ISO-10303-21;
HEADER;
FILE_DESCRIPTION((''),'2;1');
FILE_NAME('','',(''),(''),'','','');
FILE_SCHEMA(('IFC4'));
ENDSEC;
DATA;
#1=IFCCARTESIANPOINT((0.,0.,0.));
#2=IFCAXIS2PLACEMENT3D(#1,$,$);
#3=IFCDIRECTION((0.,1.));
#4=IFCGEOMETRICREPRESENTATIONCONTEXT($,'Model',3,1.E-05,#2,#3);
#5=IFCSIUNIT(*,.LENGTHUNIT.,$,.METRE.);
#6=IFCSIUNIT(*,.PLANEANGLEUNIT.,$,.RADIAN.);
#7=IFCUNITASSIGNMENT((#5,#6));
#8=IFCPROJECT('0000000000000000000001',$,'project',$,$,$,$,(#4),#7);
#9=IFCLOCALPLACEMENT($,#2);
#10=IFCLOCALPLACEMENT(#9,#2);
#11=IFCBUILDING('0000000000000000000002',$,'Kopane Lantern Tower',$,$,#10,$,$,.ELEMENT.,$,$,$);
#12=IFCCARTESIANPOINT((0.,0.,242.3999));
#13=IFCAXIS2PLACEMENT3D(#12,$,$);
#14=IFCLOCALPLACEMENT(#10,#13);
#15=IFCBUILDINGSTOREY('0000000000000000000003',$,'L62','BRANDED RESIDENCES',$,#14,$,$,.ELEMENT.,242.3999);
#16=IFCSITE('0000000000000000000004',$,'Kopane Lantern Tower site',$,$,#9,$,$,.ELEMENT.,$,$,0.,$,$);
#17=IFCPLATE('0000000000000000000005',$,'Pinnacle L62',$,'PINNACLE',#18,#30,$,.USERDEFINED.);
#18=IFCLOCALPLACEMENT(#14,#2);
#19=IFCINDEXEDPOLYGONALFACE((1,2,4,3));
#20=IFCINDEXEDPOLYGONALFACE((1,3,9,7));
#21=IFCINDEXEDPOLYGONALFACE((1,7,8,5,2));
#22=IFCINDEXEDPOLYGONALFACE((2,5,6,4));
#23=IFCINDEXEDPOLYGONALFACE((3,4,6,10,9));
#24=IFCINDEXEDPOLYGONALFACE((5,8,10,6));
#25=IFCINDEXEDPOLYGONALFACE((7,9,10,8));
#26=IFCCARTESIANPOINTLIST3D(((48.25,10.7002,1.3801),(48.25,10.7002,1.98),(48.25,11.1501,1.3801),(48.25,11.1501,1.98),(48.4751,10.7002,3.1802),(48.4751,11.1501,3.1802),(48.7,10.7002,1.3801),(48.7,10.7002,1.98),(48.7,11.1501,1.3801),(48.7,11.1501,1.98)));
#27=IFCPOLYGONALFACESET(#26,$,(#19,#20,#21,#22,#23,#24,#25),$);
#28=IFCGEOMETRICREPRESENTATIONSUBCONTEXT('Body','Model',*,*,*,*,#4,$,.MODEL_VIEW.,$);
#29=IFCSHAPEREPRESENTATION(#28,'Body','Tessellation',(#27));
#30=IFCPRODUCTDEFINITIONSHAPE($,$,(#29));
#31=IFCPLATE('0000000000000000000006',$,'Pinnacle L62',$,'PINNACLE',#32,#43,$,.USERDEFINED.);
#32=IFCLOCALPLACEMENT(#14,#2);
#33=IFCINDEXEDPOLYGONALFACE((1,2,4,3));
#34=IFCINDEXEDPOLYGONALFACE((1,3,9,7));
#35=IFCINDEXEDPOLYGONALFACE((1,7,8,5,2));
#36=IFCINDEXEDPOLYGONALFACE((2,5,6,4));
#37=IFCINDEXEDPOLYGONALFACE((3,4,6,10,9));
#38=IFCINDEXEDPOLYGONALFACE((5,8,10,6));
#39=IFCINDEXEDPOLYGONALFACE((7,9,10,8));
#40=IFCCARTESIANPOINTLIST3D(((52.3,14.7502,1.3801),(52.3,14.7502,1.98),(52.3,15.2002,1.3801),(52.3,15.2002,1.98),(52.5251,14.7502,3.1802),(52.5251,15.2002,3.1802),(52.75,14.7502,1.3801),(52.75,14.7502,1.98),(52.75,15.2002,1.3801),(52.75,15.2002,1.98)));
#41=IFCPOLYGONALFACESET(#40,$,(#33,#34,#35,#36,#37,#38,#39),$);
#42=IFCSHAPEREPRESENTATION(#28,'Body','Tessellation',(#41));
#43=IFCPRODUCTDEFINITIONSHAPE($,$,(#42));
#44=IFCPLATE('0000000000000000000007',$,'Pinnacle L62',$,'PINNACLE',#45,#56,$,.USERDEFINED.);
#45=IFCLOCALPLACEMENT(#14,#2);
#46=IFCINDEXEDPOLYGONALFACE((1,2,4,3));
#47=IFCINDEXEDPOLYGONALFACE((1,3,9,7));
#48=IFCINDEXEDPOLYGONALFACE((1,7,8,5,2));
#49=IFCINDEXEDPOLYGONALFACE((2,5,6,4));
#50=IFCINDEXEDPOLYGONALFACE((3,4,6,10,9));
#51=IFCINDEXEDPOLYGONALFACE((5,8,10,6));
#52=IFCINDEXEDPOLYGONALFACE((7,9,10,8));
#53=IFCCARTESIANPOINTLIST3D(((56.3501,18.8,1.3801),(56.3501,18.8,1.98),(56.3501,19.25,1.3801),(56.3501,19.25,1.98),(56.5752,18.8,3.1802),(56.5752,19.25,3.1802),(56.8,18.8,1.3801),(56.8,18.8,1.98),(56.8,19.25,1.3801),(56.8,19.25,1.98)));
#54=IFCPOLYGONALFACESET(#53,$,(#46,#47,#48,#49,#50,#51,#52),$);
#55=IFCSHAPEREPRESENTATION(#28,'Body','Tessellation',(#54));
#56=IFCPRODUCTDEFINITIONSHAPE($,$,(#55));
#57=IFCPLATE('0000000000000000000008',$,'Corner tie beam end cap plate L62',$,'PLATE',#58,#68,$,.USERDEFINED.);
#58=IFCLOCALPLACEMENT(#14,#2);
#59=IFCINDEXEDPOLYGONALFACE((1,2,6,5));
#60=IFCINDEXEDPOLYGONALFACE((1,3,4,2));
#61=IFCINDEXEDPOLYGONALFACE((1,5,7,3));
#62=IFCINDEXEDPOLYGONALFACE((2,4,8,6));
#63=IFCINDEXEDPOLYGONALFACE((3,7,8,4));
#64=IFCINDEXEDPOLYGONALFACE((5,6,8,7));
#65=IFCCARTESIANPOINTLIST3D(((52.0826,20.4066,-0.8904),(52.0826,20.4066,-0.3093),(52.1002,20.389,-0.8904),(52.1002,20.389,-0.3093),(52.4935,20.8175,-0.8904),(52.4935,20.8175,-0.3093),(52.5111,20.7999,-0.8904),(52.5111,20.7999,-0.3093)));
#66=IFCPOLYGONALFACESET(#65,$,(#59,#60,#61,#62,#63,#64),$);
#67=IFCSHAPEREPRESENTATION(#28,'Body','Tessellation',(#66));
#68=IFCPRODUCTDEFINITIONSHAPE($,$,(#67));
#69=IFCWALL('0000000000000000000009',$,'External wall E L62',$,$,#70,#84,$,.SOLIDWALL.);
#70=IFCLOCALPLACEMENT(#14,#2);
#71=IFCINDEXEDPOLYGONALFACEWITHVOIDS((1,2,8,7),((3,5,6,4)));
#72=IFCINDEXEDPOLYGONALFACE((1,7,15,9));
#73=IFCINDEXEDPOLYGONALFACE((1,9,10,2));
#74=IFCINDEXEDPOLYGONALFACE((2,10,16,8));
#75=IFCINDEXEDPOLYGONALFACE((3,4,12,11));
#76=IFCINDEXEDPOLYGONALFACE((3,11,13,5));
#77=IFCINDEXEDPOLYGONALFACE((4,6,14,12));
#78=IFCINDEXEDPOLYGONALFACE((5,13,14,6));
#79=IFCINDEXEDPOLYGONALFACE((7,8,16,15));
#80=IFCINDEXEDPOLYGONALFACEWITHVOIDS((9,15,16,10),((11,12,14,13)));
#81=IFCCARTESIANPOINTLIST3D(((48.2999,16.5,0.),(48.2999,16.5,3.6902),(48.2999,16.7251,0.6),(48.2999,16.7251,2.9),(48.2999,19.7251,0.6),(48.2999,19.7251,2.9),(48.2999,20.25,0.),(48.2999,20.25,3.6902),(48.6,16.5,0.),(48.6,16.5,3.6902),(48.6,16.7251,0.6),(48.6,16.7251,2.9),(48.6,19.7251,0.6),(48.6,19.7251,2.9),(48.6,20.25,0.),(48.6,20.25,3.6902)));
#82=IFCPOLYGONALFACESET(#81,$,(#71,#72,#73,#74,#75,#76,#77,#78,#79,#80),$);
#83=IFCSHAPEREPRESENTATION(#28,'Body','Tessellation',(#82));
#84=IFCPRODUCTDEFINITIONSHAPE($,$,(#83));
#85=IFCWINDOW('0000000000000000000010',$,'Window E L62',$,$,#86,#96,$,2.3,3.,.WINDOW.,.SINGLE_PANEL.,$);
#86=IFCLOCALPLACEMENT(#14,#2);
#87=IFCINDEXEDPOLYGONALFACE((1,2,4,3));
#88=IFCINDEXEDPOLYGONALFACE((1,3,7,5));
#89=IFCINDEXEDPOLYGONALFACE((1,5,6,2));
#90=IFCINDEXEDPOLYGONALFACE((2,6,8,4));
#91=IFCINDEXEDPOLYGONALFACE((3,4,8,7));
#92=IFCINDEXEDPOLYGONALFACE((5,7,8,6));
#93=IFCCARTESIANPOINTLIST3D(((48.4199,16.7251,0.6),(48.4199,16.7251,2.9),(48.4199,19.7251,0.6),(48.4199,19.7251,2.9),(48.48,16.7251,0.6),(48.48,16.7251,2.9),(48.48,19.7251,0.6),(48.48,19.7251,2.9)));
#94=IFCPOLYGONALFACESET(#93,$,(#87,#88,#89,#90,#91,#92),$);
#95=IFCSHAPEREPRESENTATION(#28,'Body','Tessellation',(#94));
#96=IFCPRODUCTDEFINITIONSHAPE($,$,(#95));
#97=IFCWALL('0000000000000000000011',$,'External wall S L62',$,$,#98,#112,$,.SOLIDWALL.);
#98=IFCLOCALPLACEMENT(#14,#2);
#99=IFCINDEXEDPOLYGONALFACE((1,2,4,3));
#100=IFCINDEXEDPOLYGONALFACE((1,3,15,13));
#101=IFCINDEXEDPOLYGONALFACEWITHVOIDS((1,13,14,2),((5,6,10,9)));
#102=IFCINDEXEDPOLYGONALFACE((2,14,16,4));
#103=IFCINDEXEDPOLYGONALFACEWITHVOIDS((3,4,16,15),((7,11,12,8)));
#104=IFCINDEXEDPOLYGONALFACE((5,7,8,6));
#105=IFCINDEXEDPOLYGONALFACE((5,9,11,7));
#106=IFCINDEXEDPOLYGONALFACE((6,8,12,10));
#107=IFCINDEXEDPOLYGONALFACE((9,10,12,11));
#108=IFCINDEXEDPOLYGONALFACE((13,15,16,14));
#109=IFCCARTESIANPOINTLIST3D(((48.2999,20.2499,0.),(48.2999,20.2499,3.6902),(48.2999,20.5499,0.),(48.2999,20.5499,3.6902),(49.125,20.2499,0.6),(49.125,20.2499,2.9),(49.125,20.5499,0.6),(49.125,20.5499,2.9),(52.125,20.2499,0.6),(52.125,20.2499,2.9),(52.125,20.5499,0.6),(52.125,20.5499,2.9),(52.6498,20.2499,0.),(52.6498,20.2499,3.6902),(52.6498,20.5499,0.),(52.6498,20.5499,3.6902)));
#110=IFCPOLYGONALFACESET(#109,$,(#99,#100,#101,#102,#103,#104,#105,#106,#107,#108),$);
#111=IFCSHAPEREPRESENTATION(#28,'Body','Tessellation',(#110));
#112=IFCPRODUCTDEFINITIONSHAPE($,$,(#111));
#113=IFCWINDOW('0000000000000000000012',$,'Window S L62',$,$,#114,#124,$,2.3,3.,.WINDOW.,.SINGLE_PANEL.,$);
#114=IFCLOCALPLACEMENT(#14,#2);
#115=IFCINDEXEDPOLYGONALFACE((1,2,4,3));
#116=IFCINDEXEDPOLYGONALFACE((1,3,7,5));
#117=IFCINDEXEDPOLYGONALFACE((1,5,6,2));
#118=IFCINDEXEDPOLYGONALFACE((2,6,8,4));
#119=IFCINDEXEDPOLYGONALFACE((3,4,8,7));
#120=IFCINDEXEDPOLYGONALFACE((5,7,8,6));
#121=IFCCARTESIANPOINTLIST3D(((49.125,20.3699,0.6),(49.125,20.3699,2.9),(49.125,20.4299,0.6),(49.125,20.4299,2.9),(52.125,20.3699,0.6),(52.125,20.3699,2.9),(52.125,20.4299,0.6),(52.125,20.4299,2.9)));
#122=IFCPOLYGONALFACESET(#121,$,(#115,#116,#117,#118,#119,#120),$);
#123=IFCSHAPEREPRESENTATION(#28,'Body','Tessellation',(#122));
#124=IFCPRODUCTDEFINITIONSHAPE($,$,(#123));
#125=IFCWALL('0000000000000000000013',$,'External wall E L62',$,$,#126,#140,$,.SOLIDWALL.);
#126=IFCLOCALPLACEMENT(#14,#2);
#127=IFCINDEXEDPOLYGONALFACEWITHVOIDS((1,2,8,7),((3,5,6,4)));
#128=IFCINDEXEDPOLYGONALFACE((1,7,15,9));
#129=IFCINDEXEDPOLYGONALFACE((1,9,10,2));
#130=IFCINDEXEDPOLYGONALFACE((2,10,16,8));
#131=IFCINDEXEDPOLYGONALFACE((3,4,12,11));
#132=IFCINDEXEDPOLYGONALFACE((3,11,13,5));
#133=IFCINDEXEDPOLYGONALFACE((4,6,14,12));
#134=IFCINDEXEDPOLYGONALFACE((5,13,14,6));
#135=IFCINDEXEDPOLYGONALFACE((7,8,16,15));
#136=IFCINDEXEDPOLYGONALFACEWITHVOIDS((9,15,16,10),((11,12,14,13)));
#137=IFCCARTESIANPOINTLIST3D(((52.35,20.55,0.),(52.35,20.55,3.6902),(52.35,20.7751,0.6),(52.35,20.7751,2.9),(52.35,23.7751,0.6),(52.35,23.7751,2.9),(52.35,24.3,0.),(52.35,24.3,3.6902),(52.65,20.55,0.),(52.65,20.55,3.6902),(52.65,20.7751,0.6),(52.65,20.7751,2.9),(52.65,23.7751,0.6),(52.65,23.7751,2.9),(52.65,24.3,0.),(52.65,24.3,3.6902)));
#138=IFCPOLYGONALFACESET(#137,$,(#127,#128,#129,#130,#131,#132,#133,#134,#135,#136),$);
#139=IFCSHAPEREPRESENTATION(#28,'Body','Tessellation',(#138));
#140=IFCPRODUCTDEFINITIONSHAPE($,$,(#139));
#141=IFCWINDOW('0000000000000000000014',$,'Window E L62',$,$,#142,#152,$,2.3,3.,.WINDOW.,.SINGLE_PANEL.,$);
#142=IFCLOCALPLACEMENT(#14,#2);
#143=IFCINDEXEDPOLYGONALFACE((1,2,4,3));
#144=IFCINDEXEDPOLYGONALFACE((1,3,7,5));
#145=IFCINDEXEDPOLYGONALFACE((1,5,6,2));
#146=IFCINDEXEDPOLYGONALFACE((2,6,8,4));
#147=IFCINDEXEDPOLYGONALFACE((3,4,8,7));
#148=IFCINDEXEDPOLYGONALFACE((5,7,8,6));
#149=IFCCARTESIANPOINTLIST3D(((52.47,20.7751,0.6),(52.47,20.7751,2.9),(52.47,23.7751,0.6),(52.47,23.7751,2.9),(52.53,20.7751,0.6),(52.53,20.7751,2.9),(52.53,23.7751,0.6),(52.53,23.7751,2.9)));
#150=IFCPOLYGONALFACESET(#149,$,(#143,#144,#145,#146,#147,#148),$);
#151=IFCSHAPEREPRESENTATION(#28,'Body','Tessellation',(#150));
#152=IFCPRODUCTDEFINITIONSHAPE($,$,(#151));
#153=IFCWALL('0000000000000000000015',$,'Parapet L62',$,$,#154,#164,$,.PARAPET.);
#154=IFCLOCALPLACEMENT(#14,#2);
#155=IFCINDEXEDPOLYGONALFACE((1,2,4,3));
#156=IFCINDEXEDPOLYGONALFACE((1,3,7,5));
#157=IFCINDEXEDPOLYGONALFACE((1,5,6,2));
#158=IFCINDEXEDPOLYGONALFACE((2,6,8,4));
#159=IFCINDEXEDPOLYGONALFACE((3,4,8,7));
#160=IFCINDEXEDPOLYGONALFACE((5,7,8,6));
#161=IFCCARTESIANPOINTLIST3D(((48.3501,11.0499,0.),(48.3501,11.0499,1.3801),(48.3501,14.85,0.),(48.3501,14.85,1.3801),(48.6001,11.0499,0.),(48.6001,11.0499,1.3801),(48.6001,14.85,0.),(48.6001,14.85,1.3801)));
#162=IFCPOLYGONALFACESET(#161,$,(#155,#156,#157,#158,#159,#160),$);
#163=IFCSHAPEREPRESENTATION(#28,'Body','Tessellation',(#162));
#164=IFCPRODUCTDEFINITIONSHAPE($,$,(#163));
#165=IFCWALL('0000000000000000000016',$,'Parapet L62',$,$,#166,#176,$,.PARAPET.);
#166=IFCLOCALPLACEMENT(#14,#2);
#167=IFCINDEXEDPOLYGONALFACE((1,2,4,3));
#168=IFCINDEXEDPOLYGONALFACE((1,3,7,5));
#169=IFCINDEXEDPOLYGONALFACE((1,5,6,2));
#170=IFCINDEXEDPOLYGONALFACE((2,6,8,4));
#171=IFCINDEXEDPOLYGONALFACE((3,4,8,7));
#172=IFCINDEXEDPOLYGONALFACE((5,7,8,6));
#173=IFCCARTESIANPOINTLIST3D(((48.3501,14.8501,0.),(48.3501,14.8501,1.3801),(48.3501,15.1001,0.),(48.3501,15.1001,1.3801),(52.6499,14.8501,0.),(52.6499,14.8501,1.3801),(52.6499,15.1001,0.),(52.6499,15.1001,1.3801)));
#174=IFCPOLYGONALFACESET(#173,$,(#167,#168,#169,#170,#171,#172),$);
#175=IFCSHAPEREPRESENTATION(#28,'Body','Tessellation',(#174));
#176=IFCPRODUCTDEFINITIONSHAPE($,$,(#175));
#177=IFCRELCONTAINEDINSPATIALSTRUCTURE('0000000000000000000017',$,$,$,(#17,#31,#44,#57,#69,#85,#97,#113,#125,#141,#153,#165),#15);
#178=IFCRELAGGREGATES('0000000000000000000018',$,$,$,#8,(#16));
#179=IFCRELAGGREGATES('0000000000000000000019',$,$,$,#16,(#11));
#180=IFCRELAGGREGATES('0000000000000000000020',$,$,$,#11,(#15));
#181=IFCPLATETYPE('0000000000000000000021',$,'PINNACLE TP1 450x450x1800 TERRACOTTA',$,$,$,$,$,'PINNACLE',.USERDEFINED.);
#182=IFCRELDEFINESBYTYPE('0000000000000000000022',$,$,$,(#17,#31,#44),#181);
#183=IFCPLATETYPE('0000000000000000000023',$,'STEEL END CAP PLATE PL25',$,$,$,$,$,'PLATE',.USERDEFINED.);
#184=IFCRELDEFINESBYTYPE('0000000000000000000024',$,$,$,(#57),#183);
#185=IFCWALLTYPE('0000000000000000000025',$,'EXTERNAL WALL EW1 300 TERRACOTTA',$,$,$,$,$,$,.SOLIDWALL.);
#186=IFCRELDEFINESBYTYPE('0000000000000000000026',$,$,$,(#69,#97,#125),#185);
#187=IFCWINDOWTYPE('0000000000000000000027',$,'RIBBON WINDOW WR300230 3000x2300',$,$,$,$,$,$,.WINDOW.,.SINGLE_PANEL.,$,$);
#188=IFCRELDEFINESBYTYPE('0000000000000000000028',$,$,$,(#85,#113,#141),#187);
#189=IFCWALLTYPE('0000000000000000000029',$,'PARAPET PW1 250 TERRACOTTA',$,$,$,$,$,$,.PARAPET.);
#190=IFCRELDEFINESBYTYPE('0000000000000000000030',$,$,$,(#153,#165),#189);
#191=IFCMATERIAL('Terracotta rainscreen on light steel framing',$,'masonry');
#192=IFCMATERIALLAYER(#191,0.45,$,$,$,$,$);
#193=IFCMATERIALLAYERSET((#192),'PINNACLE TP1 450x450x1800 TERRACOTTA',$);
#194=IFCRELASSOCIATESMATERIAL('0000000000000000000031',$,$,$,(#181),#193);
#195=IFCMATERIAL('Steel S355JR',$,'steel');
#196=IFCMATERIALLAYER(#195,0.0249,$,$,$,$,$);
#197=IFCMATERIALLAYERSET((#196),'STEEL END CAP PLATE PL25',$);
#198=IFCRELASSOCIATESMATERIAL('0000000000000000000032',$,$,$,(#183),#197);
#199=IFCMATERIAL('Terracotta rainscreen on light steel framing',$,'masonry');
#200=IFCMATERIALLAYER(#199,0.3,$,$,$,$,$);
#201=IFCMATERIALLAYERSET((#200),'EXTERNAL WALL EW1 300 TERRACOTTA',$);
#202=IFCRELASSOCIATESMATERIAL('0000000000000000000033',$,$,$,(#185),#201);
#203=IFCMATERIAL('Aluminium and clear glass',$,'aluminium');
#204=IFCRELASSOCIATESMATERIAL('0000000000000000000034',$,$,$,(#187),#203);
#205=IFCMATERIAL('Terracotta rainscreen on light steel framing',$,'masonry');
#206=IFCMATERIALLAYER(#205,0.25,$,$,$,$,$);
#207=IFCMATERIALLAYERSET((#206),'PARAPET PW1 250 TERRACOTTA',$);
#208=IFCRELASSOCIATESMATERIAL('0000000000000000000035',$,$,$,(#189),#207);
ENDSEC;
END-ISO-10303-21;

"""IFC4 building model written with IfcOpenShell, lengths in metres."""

from ifc_helpers import new_model, si_unit, direction, frame, frame_2d, origin, origin_2d, place, context, subcontext, project, spatial, polyline, rectangle, outline, extrude, material, layer, layer_set, type_object, element, fill, save


model = new_model("IFC4")

# Units and contexts
model_context = context("Model", 3, precision=1e-05, world=origin(), true_north=direction((0.0, 1.0)))
body_context = subcontext(model_context, "Body", "Model", "MODEL_VIEW")
ifc_project = project(units=[si_unit("LENGTHUNIT", "METRE"), si_unit("PLANEANGLEUNIT", "RADIAN")], contexts=[model_context])

# Site, building, storey
site_placement = place(None, origin())
site = spatial("IfcSite", under=ifc_project, at=site_placement, Name="Kopane Lantern Tower site", CompositionType="ELEMENT", RefElevation=0.0)
building_placement = place(site_placement, origin())
building = spatial("IfcBuilding", under=site, at=building_placement, Name="Kopane Lantern Tower", CompositionType="ELEMENT")
storey_placement = place(building_placement, frame((0.0, 0.0, 242.3999)))
storey = spatial("IfcBuildingStorey", under=building, at=storey_placement, Name="L62", Description="BRANDED RESIDENCES", CompositionType="ELEMENT", Elevation=242.3999)

# Plates
ifc_material_1 = material(Name="Terracotta rainscreen on light steel framing", Category="masonry")
ifc_layer_1 = layer(ifc_material_1, 0.45)
ifc_layer_set_1 = layer_set([ifc_layer_1], Name="PINNACLE TP1 450x450x1800 TERRACOTTA")
plate_type_1 = type_object("IfcPlateType", Name="PINNACLE TP1 450x450x1800 TERRACOTTA", ElementType="PINNACLE", PredefinedType="USERDEFINED", material=ifc_layer_set_1)
for number, where, z_axis, x_axis, name in (
    (1, (48.25, 10.925, 1.3801), (0.0, 0.0, 1.0), (1.0, 0.0, 0.0), "Pinnacle L62"),
    (2, (52.3, 14.9751, 1.3801), (0.0, 0.0, 1.0), (1.0, 0.0, 0.0), "Pinnacle L62"),
    (3, (56.3501, 19.0249, 1.3801), (0.0, 0.0, 1.0), (1.0, 0.0, 0.0), "Pinnacle L62"),
):
    element("IfcPlate", number, at=place(storey_placement, frame(where, z_axis=z_axis, x_axis=x_axis)), inside=storey, type_object=plate_type_1, Name=name, ObjectType="PINNACLE", PredefinedType="USERDEFINED", context=body_context, shape_type="SweptSolid", body=[
        extrude(outline(polyline([(0.0, 0.0), (0.45, 0.0), (0.45, 0.5999), (0.2251, 1.8), (0.0, 0.5999), (0.0, 0.0)])), frame((0.0, 0.2251, 0.0), z_axis=(0.0, -1.0, 0.0), x_axis=(1.0, 0.0, 0.0)), (0.0, 0.0, 1.0), 0.45),
    ])
ifc_material_2 = material(Name="Steel S355JR", Category="steel")
ifc_layer_2 = layer(ifc_material_2, 0.0249)
ifc_layer_set_2 = layer_set([ifc_layer_2], Name="STEEL END CAP PLATE PL25")
plate_type_2 = type_object("IfcPlateType", Name="STEEL END CAP PLATE PL25", ElementType="PLATE", PredefinedType="USERDEFINED", material=ifc_layer_set_2)
plate_placement = place(storey_placement, frame((52.2969, 20.6033, -0.8904), z_axis=(0.0, 0.0, 1.0), x_axis=(0.707107, -0.707107, 0.0)))
element("IfcPlate", 4, at=plate_placement, inside=storey, type_object=plate_type_2, Name="Corner tie beam end cap plate L62", ObjectType="PLATE", PredefinedType="USERDEFINED", context=body_context, shape_type="SweptSolid", body=[
    extrude(rectangle(XDim=0.0249, YDim=0.5811, at=origin_2d()), origin(), (0.0, 0.0, 1.0), 0.5811),
])

# Walls, openings, windows
ifc_material_3 = material(Name="Terracotta rainscreen on light steel framing", Category="masonry")
ifc_layer_3 = layer(ifc_material_3, 0.3)
ifc_layer_set_3 = layer_set([ifc_layer_3], Name="EXTERNAL WALL EW1 300 TERRACOTTA")
wall_type_1 = type_object("IfcWallType", Name="EXTERNAL WALL EW1 300 TERRACOTTA", PredefinedType="SOLIDWALL", material=ifc_layer_set_3)
wall_1_placement = place(storey_placement, frame((48.45, 16.5, 0.0), z_axis=(0.0, 0.0, 1.0), x_axis=(0.0, 1.0, 0.0)))
wall_1 = element("IfcWall", 5, at=wall_1_placement, inside=storey, type_object=wall_type_1, Name="External wall E L62", PredefinedType="SOLIDWALL", context=body_context, shape_type="SweptSolid", body=[
    extrude(rectangle(XDim=3.75, YDim=0.3, at=frame_2d((1.875, 0.0))), origin(), (0.0, 0.0, 1.0), 3.6902),
])
opening_1_placement = place(wall_1_placement, frame((0.2251, 0.0, 0.6001)))
opening_1 = element("IfcOpeningElement", 6, at=opening_1_placement, cuts=wall_1, PredefinedType="OPENING", context=body_context, shape_type="SweptSolid", body=[
    extrude(rectangle(XDim=3.0, YDim=2.3, at=frame_2d((1.5, 1.1499))), frame((0.0, 0.1599, 0.0), z_axis=(0.0, -1.0, 0.0), x_axis=(1.0, 0.0, 0.0)), (0.0, 0.0, 1.0), 0.3201),
])
ifc_material_4 = material(Name="Aluminium and clear glass", Category="aluminium")
window_type = type_object("IfcWindowType", Name="RIBBON WINDOW WR300230 3000x2300", PartitioningType="SINGLE_PANEL", PredefinedType="WINDOW", material=ifc_material_4)
window_1_placement = place(opening_1_placement, origin())
window_1 = element("IfcWindow", 7, at=window_1_placement, inside=storey, type_object=window_type, Name="Window E L62", OverallHeight=2.3, OverallWidth=3.0, PartitioningType="SINGLE_PANEL", PredefinedType="WINDOW", context=body_context, shape_type="SweptSolid", body=[
    extrude(rectangle(XDim=3.0, YDim=2.3, at=frame_2d((1.5, 1.1499))), frame((0.0, 0.03, 0.0), z_axis=(0.0, -1.0, 0.0), x_axis=(1.0, 0.0, 0.0)), (0.0, 0.0, 1.0), 0.0601),
])
fill(opening_1, window_1)
wall_2_placement = place(storey_placement, frame((48.3, 20.3999, 0.0), z_axis=(0.0, 0.0, 1.0), x_axis=(1.0, 0.0, 0.0)))
wall_2 = element("IfcWall", 8, at=wall_2_placement, inside=storey, type_object=wall_type_1, Name="External wall S L62", PredefinedType="SOLIDWALL", context=body_context, shape_type="SweptSolid", body=[
    extrude(rectangle(XDim=4.3499, YDim=0.3, at=frame_2d((2.1748, 0.0))), origin(), (0.0, 0.0, 1.0), 3.6902),
])
opening_2_placement = place(wall_2_placement, frame((0.825, 0.0, 0.6001)))
opening_2 = element("IfcOpeningElement", 9, at=opening_2_placement, cuts=wall_2, PredefinedType="OPENING", context=body_context, shape_type="SweptSolid", body=[
    extrude(rectangle(XDim=3.0, YDim=2.3, at=frame_2d((1.5, 1.1499))), frame((0.0, 0.1599, 0.0), z_axis=(0.0, -1.0, 0.0), x_axis=(1.0, 0.0, 0.0)), (0.0, 0.0, 1.0), 0.3201),
])
window_2_placement = place(opening_2_placement, origin())
window_2 = element("IfcWindow", 10, at=window_2_placement, inside=storey, type_object=window_type, Name="Window S L62", OverallHeight=2.3, OverallWidth=3.0, PartitioningType="SINGLE_PANEL", PredefinedType="WINDOW", context=body_context, shape_type="SweptSolid", body=[
    extrude(rectangle(XDim=3.0, YDim=2.3, at=frame_2d((1.5, 1.1499))), frame((0.0, 0.03, 0.0), z_axis=(0.0, -1.0, 0.0), x_axis=(1.0, 0.0, 0.0)), (0.0, 0.0, 1.0), 0.0601),
])
fill(opening_2, window_2)
wall_3_placement = place(storey_placement, frame((52.5, 20.55, 0.0), z_axis=(0.0, 0.0, 1.0), x_axis=(0.0, 1.0, 0.0)))
wall_3 = element("IfcWall", 11, at=wall_3_placement, inside=storey, type_object=wall_type_1, Name="External wall E L62", PredefinedType="SOLIDWALL", context=body_context, shape_type="SweptSolid", body=[
    extrude(rectangle(XDim=3.75, YDim=0.3, at=frame_2d((1.875, 0.0))), origin(), (0.0, 0.0, 1.0), 3.6902),
])
opening_3_placement = place(wall_3_placement, frame((0.2251, 0.0, 0.6001)))
opening_3 = element("IfcOpeningElement", 12, at=opening_3_placement, cuts=wall_3, PredefinedType="OPENING", context=body_context, shape_type="SweptSolid", body=[
    extrude(rectangle(XDim=3.0, YDim=2.3, at=frame_2d((1.5, 1.1499))), frame((0.0, 0.1599, 0.0), z_axis=(0.0, -1.0, 0.0), x_axis=(1.0, 0.0, 0.0)), (0.0, 0.0, 1.0), 0.3201),
])
window_3_placement = place(opening_3_placement, origin())
window_3 = element("IfcWindow", 13, at=window_3_placement, inside=storey, type_object=window_type, Name="Window E L62", OverallHeight=2.3, OverallWidth=3.0, PartitioningType="SINGLE_PANEL", PredefinedType="WINDOW", context=body_context, shape_type="SweptSolid", body=[
    extrude(rectangle(XDim=3.0, YDim=2.3, at=frame_2d((1.5, 1.1499))), frame((0.0, 0.03, 0.0), z_axis=(0.0, -1.0, 0.0), x_axis=(1.0, 0.0, 0.0)), (0.0, 0.0, 1.0), 0.0601),
])
fill(opening_3, window_3)

# Walls
ifc_material_5 = material(Name="Terracotta rainscreen on light steel framing", Category="masonry")
ifc_layer_4 = layer(ifc_material_5, 0.25)
ifc_layer_set_4 = layer_set([ifc_layer_4], Name="PARAPET PW1 250 TERRACOTTA")
wall_type_2 = type_object("IfcWallType", Name="PARAPET PW1 250 TERRACOTTA", PredefinedType="PARAPET", material=ifc_layer_set_4)
wall_4_placement = place(storey_placement, frame((48.4751, 11.05, 0.0), z_axis=(0.0, 0.0, 1.0), x_axis=(0.0, 1.0, 0.0)))
element("IfcWall", 14, at=wall_4_placement, inside=storey, type_object=wall_type_2, Name="Parapet L62", PredefinedType="PARAPET", context=body_context, shape_type="SweptSolid", body=[
    extrude(rectangle(XDim=3.8, YDim=0.25, at=frame_2d((1.8999, 0.0))), origin(), (0.0, 0.0, 1.0), 1.3801),
])
wall_5_placement = place(storey_placement, frame((48.3501, 14.9751, 0.0), z_axis=(0.0, 0.0, 1.0), x_axis=(1.0, 0.0, 0.0)))
element("IfcWall", 15, at=wall_5_placement, inside=storey, type_object=wall_type_2, Name="Parapet L62", PredefinedType="PARAPET", context=body_context, shape_type="SweptSolid", body=[
    extrude(rectangle(XDim=4.2998, YDim=0.25, at=frame_2d((2.1499, 0.0))), origin(), (0.0, 0.0, 1.0), 1.3801),
])

save(model, "model.ifc")
